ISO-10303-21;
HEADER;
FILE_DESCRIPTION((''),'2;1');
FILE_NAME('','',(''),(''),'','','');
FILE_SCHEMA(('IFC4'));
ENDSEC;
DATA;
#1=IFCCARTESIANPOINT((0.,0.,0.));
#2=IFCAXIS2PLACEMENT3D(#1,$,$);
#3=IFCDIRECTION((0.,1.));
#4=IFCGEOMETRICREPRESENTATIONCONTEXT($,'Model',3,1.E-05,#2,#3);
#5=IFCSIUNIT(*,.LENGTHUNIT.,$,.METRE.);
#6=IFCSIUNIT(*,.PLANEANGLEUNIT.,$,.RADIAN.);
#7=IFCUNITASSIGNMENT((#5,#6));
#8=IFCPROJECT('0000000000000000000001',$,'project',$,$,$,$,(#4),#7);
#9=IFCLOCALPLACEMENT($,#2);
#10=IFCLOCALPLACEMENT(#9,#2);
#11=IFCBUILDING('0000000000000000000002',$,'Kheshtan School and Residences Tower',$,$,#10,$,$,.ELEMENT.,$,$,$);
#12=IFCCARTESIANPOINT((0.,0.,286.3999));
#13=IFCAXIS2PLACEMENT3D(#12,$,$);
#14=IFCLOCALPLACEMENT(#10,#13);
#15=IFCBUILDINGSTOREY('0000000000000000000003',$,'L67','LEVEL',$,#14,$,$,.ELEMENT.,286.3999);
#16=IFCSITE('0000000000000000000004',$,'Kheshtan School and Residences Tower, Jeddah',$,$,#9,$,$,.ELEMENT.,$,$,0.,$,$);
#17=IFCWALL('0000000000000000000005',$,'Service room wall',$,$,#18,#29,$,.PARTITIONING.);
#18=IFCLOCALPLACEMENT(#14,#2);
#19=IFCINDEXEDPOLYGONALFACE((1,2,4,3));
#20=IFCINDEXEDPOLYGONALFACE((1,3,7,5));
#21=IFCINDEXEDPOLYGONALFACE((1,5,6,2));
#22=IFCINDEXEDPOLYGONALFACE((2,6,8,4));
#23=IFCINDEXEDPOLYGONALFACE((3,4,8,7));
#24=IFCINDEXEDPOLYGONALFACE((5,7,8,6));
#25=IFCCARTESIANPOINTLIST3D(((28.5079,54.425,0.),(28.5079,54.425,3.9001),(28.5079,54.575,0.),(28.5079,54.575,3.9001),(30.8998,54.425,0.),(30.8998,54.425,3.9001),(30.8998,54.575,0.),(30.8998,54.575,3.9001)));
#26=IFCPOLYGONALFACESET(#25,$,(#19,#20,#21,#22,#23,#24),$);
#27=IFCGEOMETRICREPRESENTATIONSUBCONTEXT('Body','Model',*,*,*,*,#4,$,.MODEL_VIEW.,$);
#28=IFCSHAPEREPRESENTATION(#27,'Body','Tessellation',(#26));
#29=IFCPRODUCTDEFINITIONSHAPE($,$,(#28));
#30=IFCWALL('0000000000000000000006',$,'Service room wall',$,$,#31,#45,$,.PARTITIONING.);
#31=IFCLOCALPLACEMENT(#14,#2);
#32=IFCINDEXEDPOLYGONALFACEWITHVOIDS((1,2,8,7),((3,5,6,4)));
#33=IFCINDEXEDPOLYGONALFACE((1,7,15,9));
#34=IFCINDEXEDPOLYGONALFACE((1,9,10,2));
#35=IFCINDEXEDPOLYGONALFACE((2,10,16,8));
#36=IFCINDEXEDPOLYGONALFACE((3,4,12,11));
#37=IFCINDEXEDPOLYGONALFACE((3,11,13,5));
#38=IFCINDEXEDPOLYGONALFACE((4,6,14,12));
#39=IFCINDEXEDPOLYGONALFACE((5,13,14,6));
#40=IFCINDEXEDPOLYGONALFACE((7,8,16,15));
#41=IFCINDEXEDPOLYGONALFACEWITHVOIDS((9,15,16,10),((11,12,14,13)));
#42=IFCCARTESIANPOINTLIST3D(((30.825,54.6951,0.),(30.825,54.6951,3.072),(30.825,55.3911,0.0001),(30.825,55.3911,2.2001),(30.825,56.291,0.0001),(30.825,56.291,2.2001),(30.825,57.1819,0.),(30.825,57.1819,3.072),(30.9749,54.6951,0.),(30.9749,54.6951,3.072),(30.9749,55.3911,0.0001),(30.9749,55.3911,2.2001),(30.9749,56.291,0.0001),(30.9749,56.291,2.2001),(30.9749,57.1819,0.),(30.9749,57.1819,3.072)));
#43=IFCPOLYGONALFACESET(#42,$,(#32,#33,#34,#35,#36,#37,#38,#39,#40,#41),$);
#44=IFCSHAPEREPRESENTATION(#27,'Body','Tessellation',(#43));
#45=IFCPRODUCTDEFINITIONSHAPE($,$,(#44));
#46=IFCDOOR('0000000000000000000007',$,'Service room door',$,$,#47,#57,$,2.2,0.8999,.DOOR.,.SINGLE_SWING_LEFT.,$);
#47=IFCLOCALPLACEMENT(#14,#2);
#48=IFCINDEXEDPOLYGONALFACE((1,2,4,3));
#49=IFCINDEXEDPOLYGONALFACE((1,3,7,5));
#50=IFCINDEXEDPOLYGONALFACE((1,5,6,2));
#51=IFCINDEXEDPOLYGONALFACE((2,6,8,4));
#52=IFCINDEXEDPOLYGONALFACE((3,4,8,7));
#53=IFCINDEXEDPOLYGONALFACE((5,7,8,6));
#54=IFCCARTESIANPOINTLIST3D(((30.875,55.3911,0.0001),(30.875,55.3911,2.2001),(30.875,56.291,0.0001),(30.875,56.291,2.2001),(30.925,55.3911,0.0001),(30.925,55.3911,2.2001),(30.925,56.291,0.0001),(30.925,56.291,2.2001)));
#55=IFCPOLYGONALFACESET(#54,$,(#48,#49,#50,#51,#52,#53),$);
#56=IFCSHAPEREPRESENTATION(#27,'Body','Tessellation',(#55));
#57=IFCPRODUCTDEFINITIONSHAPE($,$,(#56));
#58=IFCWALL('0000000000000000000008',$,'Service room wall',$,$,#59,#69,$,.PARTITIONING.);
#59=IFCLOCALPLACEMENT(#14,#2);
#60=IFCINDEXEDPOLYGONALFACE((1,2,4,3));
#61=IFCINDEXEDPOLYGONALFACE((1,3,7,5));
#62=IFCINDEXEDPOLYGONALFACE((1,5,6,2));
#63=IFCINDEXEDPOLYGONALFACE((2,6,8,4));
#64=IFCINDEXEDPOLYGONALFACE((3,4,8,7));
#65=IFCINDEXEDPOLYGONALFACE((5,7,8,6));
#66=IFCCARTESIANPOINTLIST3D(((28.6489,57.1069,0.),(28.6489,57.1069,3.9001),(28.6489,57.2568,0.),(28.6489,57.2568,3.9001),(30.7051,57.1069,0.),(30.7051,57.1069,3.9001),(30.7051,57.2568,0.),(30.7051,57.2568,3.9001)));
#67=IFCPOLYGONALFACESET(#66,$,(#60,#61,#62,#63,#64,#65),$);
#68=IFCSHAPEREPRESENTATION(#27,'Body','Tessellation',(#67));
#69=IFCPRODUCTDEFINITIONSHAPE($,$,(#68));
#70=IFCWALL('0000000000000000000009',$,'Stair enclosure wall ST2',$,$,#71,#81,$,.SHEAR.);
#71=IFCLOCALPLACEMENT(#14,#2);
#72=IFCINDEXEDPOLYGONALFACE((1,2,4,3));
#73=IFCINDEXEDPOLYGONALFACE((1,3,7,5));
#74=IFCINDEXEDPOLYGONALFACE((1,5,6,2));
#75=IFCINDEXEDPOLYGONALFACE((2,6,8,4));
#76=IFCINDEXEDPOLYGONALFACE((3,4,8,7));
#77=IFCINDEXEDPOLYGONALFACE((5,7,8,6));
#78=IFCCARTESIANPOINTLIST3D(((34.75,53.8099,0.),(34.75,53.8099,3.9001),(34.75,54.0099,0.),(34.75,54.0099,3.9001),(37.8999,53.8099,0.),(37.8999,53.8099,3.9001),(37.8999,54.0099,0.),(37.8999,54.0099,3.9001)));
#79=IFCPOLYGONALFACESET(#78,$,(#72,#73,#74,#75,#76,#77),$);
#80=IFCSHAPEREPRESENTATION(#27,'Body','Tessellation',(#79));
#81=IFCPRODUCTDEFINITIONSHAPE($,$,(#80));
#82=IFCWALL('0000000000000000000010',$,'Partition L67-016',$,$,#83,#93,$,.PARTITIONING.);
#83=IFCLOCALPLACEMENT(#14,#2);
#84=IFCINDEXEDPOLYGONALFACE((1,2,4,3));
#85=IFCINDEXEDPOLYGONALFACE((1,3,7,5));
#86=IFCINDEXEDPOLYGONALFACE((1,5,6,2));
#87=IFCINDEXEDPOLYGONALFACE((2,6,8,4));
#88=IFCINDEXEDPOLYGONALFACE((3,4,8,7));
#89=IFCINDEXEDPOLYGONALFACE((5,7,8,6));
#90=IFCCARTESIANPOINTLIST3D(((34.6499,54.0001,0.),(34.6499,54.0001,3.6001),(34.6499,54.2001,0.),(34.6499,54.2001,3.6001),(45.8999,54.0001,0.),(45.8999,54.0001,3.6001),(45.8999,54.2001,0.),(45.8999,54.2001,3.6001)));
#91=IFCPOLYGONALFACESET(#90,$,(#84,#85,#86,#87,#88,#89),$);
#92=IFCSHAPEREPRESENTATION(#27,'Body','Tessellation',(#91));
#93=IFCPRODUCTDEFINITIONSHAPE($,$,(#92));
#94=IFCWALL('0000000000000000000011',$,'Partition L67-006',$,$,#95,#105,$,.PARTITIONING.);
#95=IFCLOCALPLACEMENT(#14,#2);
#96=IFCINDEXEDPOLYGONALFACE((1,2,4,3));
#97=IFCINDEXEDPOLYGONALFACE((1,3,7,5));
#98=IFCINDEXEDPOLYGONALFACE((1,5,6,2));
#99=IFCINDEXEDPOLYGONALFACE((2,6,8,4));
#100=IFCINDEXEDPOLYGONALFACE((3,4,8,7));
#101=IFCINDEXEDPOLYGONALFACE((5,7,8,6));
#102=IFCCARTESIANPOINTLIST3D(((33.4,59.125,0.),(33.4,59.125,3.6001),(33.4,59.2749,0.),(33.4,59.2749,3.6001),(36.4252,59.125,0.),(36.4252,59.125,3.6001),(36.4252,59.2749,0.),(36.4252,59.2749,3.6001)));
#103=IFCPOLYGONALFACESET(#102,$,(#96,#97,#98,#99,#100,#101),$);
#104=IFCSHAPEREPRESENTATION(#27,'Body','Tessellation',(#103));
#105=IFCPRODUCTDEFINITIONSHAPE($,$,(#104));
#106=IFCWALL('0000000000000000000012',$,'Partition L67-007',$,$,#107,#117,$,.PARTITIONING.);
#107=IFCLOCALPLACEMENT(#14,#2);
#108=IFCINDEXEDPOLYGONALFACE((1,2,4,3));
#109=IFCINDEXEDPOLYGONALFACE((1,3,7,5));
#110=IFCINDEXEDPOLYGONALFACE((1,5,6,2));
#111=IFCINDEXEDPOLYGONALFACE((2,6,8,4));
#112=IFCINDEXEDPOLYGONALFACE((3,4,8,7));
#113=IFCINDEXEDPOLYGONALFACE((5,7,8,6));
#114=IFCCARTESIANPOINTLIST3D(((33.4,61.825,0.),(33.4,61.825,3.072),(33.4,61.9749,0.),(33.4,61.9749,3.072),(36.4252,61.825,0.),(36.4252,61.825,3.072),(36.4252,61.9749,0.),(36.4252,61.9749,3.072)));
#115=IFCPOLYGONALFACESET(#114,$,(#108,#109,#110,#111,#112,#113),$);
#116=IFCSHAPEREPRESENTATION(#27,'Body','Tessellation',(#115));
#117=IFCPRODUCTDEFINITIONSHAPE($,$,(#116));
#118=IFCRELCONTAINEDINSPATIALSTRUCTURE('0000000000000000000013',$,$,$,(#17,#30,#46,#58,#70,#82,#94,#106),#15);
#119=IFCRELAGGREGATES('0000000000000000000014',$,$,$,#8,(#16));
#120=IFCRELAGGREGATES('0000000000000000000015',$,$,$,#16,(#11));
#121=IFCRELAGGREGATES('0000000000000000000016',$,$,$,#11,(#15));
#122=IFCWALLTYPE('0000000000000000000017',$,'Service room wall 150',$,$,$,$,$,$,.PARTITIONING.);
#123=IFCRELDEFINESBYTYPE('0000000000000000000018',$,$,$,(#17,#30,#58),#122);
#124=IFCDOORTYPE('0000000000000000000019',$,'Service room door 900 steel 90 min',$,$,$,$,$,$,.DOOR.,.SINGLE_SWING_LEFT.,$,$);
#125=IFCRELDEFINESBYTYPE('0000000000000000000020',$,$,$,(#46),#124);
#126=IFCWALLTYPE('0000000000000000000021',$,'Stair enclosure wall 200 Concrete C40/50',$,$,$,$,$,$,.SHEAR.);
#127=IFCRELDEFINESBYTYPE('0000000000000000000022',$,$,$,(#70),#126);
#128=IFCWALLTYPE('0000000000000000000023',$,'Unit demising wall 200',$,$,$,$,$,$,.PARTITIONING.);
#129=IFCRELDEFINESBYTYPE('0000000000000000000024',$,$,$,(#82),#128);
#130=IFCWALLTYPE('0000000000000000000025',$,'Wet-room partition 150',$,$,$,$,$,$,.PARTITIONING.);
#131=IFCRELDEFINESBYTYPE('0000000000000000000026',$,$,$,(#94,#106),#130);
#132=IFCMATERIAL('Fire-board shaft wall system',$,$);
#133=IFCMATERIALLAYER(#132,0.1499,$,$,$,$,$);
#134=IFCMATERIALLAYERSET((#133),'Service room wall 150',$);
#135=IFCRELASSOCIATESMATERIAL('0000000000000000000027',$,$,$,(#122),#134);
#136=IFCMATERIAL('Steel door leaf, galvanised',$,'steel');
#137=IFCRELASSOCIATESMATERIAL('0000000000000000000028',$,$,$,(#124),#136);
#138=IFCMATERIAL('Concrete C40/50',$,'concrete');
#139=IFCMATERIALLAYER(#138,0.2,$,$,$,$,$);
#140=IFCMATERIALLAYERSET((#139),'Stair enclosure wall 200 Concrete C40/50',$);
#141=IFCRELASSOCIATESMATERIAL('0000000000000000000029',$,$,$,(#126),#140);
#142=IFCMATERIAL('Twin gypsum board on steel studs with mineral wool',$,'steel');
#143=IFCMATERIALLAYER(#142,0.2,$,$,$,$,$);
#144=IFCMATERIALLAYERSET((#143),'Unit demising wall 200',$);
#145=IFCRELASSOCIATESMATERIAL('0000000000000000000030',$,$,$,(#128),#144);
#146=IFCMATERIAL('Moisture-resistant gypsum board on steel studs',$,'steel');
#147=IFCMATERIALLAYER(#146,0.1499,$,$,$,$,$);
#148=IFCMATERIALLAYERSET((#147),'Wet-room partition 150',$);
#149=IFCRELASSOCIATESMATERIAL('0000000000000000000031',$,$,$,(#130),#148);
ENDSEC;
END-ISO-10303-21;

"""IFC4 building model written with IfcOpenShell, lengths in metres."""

from ifc_helpers import new_model, si_unit, direction, frame, frame_2d, origin, place, context, subcontext, project, spatial, rectangle, extrude, source, transform, mapped, material, layer, layer_set, type_object, element, fill, save


model = new_model("IFC4")

# Units and contexts
model_context = context("Model", 3, precision=1e-05, world=origin(), true_north=direction((0.0, 1.0)))
body_context = subcontext(model_context, "Body", "Model", "MODEL_VIEW")
ifc_project = project(units=[si_unit("LENGTHUNIT", "METRE"), si_unit("PLANEANGLEUNIT", "RADIAN")], contexts=[model_context])

# Site, building, storey
site_placement = place(None, origin())
site = spatial("IfcSite", under=ifc_project, at=site_placement, Name="Kheshtan School and Residences Tower, Jeddah", CompositionType="ELEMENT", RefElevation=0.0)
building_placement = place(site_placement, origin())
building = spatial("IfcBuilding", under=site, at=building_placement, Name="Kheshtan School and Residences Tower", CompositionType="ELEMENT")
storey_placement = place(building_placement, frame((0.0, 0.0, 286.3999)))
storey = spatial("IfcBuildingStorey", under=building, at=storey_placement, Name="L67", Description="LEVEL", CompositionType="ELEMENT", Elevation=286.3999)

# Wall
ifc_material_1 = material(Name="Fire-board shaft wall system")
ifc_layer_1 = layer(ifc_material_1, 0.1499)
ifc_layer_set_1 = layer_set([ifc_layer_1], Name="Service room wall 150")
wall_type_1 = type_object("IfcWallType", Name="Service room wall 150", PredefinedType="PARTITIONING", material=ifc_layer_set_1)
wall_1_placement = place(storey_placement, frame((28.5081, 54.5, 0.0), z_axis=(0.0, 0.0, 1.0), x_axis=(1.0, 0.0, 0.0)))
element("IfcWall", 1, at=wall_1_placement, inside=storey, type_object=wall_type_1, Name="Service room wall", PredefinedType="PARTITIONING", context=body_context, shape_type="SweptSolid", body=[
    extrude(rectangle(XDim=2.3918, YDim=0.1499, at=frame_2d((1.1958, 0.0))), origin(), (0.0, 0.0, 1.0), 3.9001),
])

# Wall, opening, door
wall_2_placement = place(storey_placement, frame((30.8999, 54.6951, 0.0), z_axis=(0.0, 0.0, 1.0), x_axis=(0.0, 1.0, 0.0)))
wall_2 = element("IfcWall", 2, at=wall_2_placement, inside=storey, type_object=wall_type_1, Name="Service room wall", PredefinedType="PARTITIONING", context=body_context, shape_type="SweptSolid", body=[
    extrude(rectangle(XDim=2.4868, YDim=0.1499, at=frame_2d((1.2434, 0.0))), origin(), (0.0, 0.0, 1.0), 3.072),
])
opening_1_placement = place(wall_2_placement, frame((0.696, 0.0, 0.0)))
opening_1 = element("IfcOpeningElement", 3, at=opening_1_placement, cuts=wall_2, PredefinedType="OPENING", context=body_context, shape_type="SweptSolid", body=[
    extrude(rectangle(XDim=0.8999, YDim=2.2, at=frame_2d((0.45, 1.1001))), frame((0.0, 0.085, 0.0), z_axis=(0.0, -1.0, 0.0), x_axis=(1.0, 0.0, 0.0)), (0.0, 0.0, 1.0), 0.1699),
])
ifc_material_2 = material(Name="Steel door leaf, galvanised", Category="steel")
door_type_1 = type_object("IfcDoorType", Name="Service room door 900 steel 90 min", OperationType="SINGLE_SWING_LEFT", PredefinedType="DOOR", material=ifc_material_2)
shared_shape_1 = source(origin(), body_context, "Body", "SweptSolid", [
    extrude(rectangle(XDim=0.8999, YDim=2.2, at=frame_2d((0.45, 1.1001))), frame((0.0, 0.0249, 0.0), z_axis=(0.0, -1.0, 0.0), x_axis=(1.0, 0.0, 0.0)), (0.0, 0.0, 1.0), 0.05),
])
door_1_placement = place(opening_1_placement, origin())
door_1 = element("IfcDoor", 4, at=door_1_placement, inside=storey, type_object=door_type_1, Name="Service room door", OperationType="SINGLE_SWING_LEFT", OverallHeight=2.2, OverallWidth=0.8999, PredefinedType="DOOR", context=body_context, shape_type="MappedRepresentation", body=[
    mapped(shared_shape_1, transform((0.0, 0.0, 0.0), x_axis=(1.0, 0.0, 0.0), y_axis=(0.0, 1.0, 0.0), z_axis=(0.0, 0.0, 1.0), scale=1.0)),
])
fill(opening_1, door_1)

# Walls
wall_3_placement = place(storey_placement, frame((28.6489, 57.1819, 0.0), z_axis=(0.0, 0.0, 1.0), x_axis=(1.0, 0.0, 0.0)))
element("IfcWall", 5, at=wall_3_placement, inside=storey, type_object=wall_type_1, Name="Service room wall", PredefinedType="PARTITIONING", context=body_context, shape_type="SweptSolid", body=[
    extrude(rectangle(XDim=2.0562, YDim=0.1499, at=frame_2d((1.0281, 0.0))), origin(), (0.0, 0.0, 1.0), 3.9001),
])
ifc_material_3 = material(Name="Concrete C40/50", Category="concrete")
ifc_layer_2 = layer(ifc_material_3, 0.2)
ifc_layer_set_2 = layer_set([ifc_layer_2], Name="Stair enclosure wall 200 Concrete C40/50")
wall_type_2 = type_object("IfcWallType", Name="Stair enclosure wall 200 Concrete C40/50", PredefinedType="SHEAR", material=ifc_layer_set_2)
wall_4_placement = place(storey_placement, frame((34.75, 53.9099, 0.0), z_axis=(0.0, 0.0, 1.0), x_axis=(1.0, 0.0, 0.0)))
element("IfcWall", 6, at=wall_4_placement, inside=storey, type_object=wall_type_2, Name="Stair enclosure wall ST2", PredefinedType="SHEAR", context=body_context, shape_type="SweptSolid", body=[
    extrude(rectangle(XDim=3.1499, YDim=0.2, at=frame_2d((1.575, 0.0))), origin(), (0.0, 0.0, 1.0), 3.9001),
])
ifc_material_4 = material(Name="Twin gypsum board on steel studs with mineral wool", Category="steel")
ifc_layer_3 = layer(ifc_material_4, 0.2)
ifc_layer_set_3 = layer_set([ifc_layer_3], Name="Unit demising wall 200")
wall_type_3 = type_object("IfcWallType", Name="Unit demising wall 200", PredefinedType="PARTITIONING", material=ifc_layer_set_3)
wall_5_placement = place(storey_placement, frame((34.6499, 54.1001, 0.0), z_axis=(0.0, 0.0, 1.0), x_axis=(1.0, 0.0, 0.0)))
element("IfcWall", 7, at=wall_5_placement, inside=storey, type_object=wall_type_3, Name="Partition L67-016", PredefinedType="PARTITIONING", context=body_context, shape_type="SweptSolid", body=[
    extrude(rectangle(XDim=11.25, YDim=0.2, at=frame_2d((5.625, 0.0))), origin(), (0.0, 0.0, 1.0), 3.6001),
])
ifc_material_5 = material(Name="Moisture-resistant gypsum board on steel studs", Category="steel")
ifc_layer_4 = layer(ifc_material_5, 0.1499)
ifc_layer_set_4 = layer_set([ifc_layer_4], Name="Wet-room partition 150")
wall_type_4 = type_object("IfcWallType", Name="Wet-room partition 150", PredefinedType="PARTITIONING", material=ifc_layer_set_4)
wall_6_placement = place(storey_placement, frame((33.3999, 59.2, 0.0), z_axis=(0.0, 0.0, 1.0), x_axis=(1.0, 0.0, 0.0)))
element("IfcWall", 8, at=wall_6_placement, inside=storey, type_object=wall_type_4, Name="Partition L67-006", PredefinedType="PARTITIONING", context=body_context, shape_type="SweptSolid", body=[
    extrude(rectangle(XDim=3.0251, YDim=0.1499, at=frame_2d((1.5127, 0.0))), origin(), (0.0, 0.0, 1.0), 3.6001),
])
wall_7_placement = place(storey_placement, frame((33.3999, 61.8999, 0.0), z_axis=(0.0, 0.0, 1.0), x_axis=(1.0, 0.0, 0.0)))
element("IfcWall", 9, at=wall_7_placement, inside=storey, type_object=wall_type_4, Name="Partition L67-007", PredefinedType="PARTITIONING", context=body_context, shape_type="SweptSolid", body=[
    extrude(rectangle(XDim=3.0251, YDim=0.1499, at=frame_2d((1.5127, 0.0))), origin(), (0.0, 0.0, 1.0), 3.072),
])

save(model, "model.ifc")
